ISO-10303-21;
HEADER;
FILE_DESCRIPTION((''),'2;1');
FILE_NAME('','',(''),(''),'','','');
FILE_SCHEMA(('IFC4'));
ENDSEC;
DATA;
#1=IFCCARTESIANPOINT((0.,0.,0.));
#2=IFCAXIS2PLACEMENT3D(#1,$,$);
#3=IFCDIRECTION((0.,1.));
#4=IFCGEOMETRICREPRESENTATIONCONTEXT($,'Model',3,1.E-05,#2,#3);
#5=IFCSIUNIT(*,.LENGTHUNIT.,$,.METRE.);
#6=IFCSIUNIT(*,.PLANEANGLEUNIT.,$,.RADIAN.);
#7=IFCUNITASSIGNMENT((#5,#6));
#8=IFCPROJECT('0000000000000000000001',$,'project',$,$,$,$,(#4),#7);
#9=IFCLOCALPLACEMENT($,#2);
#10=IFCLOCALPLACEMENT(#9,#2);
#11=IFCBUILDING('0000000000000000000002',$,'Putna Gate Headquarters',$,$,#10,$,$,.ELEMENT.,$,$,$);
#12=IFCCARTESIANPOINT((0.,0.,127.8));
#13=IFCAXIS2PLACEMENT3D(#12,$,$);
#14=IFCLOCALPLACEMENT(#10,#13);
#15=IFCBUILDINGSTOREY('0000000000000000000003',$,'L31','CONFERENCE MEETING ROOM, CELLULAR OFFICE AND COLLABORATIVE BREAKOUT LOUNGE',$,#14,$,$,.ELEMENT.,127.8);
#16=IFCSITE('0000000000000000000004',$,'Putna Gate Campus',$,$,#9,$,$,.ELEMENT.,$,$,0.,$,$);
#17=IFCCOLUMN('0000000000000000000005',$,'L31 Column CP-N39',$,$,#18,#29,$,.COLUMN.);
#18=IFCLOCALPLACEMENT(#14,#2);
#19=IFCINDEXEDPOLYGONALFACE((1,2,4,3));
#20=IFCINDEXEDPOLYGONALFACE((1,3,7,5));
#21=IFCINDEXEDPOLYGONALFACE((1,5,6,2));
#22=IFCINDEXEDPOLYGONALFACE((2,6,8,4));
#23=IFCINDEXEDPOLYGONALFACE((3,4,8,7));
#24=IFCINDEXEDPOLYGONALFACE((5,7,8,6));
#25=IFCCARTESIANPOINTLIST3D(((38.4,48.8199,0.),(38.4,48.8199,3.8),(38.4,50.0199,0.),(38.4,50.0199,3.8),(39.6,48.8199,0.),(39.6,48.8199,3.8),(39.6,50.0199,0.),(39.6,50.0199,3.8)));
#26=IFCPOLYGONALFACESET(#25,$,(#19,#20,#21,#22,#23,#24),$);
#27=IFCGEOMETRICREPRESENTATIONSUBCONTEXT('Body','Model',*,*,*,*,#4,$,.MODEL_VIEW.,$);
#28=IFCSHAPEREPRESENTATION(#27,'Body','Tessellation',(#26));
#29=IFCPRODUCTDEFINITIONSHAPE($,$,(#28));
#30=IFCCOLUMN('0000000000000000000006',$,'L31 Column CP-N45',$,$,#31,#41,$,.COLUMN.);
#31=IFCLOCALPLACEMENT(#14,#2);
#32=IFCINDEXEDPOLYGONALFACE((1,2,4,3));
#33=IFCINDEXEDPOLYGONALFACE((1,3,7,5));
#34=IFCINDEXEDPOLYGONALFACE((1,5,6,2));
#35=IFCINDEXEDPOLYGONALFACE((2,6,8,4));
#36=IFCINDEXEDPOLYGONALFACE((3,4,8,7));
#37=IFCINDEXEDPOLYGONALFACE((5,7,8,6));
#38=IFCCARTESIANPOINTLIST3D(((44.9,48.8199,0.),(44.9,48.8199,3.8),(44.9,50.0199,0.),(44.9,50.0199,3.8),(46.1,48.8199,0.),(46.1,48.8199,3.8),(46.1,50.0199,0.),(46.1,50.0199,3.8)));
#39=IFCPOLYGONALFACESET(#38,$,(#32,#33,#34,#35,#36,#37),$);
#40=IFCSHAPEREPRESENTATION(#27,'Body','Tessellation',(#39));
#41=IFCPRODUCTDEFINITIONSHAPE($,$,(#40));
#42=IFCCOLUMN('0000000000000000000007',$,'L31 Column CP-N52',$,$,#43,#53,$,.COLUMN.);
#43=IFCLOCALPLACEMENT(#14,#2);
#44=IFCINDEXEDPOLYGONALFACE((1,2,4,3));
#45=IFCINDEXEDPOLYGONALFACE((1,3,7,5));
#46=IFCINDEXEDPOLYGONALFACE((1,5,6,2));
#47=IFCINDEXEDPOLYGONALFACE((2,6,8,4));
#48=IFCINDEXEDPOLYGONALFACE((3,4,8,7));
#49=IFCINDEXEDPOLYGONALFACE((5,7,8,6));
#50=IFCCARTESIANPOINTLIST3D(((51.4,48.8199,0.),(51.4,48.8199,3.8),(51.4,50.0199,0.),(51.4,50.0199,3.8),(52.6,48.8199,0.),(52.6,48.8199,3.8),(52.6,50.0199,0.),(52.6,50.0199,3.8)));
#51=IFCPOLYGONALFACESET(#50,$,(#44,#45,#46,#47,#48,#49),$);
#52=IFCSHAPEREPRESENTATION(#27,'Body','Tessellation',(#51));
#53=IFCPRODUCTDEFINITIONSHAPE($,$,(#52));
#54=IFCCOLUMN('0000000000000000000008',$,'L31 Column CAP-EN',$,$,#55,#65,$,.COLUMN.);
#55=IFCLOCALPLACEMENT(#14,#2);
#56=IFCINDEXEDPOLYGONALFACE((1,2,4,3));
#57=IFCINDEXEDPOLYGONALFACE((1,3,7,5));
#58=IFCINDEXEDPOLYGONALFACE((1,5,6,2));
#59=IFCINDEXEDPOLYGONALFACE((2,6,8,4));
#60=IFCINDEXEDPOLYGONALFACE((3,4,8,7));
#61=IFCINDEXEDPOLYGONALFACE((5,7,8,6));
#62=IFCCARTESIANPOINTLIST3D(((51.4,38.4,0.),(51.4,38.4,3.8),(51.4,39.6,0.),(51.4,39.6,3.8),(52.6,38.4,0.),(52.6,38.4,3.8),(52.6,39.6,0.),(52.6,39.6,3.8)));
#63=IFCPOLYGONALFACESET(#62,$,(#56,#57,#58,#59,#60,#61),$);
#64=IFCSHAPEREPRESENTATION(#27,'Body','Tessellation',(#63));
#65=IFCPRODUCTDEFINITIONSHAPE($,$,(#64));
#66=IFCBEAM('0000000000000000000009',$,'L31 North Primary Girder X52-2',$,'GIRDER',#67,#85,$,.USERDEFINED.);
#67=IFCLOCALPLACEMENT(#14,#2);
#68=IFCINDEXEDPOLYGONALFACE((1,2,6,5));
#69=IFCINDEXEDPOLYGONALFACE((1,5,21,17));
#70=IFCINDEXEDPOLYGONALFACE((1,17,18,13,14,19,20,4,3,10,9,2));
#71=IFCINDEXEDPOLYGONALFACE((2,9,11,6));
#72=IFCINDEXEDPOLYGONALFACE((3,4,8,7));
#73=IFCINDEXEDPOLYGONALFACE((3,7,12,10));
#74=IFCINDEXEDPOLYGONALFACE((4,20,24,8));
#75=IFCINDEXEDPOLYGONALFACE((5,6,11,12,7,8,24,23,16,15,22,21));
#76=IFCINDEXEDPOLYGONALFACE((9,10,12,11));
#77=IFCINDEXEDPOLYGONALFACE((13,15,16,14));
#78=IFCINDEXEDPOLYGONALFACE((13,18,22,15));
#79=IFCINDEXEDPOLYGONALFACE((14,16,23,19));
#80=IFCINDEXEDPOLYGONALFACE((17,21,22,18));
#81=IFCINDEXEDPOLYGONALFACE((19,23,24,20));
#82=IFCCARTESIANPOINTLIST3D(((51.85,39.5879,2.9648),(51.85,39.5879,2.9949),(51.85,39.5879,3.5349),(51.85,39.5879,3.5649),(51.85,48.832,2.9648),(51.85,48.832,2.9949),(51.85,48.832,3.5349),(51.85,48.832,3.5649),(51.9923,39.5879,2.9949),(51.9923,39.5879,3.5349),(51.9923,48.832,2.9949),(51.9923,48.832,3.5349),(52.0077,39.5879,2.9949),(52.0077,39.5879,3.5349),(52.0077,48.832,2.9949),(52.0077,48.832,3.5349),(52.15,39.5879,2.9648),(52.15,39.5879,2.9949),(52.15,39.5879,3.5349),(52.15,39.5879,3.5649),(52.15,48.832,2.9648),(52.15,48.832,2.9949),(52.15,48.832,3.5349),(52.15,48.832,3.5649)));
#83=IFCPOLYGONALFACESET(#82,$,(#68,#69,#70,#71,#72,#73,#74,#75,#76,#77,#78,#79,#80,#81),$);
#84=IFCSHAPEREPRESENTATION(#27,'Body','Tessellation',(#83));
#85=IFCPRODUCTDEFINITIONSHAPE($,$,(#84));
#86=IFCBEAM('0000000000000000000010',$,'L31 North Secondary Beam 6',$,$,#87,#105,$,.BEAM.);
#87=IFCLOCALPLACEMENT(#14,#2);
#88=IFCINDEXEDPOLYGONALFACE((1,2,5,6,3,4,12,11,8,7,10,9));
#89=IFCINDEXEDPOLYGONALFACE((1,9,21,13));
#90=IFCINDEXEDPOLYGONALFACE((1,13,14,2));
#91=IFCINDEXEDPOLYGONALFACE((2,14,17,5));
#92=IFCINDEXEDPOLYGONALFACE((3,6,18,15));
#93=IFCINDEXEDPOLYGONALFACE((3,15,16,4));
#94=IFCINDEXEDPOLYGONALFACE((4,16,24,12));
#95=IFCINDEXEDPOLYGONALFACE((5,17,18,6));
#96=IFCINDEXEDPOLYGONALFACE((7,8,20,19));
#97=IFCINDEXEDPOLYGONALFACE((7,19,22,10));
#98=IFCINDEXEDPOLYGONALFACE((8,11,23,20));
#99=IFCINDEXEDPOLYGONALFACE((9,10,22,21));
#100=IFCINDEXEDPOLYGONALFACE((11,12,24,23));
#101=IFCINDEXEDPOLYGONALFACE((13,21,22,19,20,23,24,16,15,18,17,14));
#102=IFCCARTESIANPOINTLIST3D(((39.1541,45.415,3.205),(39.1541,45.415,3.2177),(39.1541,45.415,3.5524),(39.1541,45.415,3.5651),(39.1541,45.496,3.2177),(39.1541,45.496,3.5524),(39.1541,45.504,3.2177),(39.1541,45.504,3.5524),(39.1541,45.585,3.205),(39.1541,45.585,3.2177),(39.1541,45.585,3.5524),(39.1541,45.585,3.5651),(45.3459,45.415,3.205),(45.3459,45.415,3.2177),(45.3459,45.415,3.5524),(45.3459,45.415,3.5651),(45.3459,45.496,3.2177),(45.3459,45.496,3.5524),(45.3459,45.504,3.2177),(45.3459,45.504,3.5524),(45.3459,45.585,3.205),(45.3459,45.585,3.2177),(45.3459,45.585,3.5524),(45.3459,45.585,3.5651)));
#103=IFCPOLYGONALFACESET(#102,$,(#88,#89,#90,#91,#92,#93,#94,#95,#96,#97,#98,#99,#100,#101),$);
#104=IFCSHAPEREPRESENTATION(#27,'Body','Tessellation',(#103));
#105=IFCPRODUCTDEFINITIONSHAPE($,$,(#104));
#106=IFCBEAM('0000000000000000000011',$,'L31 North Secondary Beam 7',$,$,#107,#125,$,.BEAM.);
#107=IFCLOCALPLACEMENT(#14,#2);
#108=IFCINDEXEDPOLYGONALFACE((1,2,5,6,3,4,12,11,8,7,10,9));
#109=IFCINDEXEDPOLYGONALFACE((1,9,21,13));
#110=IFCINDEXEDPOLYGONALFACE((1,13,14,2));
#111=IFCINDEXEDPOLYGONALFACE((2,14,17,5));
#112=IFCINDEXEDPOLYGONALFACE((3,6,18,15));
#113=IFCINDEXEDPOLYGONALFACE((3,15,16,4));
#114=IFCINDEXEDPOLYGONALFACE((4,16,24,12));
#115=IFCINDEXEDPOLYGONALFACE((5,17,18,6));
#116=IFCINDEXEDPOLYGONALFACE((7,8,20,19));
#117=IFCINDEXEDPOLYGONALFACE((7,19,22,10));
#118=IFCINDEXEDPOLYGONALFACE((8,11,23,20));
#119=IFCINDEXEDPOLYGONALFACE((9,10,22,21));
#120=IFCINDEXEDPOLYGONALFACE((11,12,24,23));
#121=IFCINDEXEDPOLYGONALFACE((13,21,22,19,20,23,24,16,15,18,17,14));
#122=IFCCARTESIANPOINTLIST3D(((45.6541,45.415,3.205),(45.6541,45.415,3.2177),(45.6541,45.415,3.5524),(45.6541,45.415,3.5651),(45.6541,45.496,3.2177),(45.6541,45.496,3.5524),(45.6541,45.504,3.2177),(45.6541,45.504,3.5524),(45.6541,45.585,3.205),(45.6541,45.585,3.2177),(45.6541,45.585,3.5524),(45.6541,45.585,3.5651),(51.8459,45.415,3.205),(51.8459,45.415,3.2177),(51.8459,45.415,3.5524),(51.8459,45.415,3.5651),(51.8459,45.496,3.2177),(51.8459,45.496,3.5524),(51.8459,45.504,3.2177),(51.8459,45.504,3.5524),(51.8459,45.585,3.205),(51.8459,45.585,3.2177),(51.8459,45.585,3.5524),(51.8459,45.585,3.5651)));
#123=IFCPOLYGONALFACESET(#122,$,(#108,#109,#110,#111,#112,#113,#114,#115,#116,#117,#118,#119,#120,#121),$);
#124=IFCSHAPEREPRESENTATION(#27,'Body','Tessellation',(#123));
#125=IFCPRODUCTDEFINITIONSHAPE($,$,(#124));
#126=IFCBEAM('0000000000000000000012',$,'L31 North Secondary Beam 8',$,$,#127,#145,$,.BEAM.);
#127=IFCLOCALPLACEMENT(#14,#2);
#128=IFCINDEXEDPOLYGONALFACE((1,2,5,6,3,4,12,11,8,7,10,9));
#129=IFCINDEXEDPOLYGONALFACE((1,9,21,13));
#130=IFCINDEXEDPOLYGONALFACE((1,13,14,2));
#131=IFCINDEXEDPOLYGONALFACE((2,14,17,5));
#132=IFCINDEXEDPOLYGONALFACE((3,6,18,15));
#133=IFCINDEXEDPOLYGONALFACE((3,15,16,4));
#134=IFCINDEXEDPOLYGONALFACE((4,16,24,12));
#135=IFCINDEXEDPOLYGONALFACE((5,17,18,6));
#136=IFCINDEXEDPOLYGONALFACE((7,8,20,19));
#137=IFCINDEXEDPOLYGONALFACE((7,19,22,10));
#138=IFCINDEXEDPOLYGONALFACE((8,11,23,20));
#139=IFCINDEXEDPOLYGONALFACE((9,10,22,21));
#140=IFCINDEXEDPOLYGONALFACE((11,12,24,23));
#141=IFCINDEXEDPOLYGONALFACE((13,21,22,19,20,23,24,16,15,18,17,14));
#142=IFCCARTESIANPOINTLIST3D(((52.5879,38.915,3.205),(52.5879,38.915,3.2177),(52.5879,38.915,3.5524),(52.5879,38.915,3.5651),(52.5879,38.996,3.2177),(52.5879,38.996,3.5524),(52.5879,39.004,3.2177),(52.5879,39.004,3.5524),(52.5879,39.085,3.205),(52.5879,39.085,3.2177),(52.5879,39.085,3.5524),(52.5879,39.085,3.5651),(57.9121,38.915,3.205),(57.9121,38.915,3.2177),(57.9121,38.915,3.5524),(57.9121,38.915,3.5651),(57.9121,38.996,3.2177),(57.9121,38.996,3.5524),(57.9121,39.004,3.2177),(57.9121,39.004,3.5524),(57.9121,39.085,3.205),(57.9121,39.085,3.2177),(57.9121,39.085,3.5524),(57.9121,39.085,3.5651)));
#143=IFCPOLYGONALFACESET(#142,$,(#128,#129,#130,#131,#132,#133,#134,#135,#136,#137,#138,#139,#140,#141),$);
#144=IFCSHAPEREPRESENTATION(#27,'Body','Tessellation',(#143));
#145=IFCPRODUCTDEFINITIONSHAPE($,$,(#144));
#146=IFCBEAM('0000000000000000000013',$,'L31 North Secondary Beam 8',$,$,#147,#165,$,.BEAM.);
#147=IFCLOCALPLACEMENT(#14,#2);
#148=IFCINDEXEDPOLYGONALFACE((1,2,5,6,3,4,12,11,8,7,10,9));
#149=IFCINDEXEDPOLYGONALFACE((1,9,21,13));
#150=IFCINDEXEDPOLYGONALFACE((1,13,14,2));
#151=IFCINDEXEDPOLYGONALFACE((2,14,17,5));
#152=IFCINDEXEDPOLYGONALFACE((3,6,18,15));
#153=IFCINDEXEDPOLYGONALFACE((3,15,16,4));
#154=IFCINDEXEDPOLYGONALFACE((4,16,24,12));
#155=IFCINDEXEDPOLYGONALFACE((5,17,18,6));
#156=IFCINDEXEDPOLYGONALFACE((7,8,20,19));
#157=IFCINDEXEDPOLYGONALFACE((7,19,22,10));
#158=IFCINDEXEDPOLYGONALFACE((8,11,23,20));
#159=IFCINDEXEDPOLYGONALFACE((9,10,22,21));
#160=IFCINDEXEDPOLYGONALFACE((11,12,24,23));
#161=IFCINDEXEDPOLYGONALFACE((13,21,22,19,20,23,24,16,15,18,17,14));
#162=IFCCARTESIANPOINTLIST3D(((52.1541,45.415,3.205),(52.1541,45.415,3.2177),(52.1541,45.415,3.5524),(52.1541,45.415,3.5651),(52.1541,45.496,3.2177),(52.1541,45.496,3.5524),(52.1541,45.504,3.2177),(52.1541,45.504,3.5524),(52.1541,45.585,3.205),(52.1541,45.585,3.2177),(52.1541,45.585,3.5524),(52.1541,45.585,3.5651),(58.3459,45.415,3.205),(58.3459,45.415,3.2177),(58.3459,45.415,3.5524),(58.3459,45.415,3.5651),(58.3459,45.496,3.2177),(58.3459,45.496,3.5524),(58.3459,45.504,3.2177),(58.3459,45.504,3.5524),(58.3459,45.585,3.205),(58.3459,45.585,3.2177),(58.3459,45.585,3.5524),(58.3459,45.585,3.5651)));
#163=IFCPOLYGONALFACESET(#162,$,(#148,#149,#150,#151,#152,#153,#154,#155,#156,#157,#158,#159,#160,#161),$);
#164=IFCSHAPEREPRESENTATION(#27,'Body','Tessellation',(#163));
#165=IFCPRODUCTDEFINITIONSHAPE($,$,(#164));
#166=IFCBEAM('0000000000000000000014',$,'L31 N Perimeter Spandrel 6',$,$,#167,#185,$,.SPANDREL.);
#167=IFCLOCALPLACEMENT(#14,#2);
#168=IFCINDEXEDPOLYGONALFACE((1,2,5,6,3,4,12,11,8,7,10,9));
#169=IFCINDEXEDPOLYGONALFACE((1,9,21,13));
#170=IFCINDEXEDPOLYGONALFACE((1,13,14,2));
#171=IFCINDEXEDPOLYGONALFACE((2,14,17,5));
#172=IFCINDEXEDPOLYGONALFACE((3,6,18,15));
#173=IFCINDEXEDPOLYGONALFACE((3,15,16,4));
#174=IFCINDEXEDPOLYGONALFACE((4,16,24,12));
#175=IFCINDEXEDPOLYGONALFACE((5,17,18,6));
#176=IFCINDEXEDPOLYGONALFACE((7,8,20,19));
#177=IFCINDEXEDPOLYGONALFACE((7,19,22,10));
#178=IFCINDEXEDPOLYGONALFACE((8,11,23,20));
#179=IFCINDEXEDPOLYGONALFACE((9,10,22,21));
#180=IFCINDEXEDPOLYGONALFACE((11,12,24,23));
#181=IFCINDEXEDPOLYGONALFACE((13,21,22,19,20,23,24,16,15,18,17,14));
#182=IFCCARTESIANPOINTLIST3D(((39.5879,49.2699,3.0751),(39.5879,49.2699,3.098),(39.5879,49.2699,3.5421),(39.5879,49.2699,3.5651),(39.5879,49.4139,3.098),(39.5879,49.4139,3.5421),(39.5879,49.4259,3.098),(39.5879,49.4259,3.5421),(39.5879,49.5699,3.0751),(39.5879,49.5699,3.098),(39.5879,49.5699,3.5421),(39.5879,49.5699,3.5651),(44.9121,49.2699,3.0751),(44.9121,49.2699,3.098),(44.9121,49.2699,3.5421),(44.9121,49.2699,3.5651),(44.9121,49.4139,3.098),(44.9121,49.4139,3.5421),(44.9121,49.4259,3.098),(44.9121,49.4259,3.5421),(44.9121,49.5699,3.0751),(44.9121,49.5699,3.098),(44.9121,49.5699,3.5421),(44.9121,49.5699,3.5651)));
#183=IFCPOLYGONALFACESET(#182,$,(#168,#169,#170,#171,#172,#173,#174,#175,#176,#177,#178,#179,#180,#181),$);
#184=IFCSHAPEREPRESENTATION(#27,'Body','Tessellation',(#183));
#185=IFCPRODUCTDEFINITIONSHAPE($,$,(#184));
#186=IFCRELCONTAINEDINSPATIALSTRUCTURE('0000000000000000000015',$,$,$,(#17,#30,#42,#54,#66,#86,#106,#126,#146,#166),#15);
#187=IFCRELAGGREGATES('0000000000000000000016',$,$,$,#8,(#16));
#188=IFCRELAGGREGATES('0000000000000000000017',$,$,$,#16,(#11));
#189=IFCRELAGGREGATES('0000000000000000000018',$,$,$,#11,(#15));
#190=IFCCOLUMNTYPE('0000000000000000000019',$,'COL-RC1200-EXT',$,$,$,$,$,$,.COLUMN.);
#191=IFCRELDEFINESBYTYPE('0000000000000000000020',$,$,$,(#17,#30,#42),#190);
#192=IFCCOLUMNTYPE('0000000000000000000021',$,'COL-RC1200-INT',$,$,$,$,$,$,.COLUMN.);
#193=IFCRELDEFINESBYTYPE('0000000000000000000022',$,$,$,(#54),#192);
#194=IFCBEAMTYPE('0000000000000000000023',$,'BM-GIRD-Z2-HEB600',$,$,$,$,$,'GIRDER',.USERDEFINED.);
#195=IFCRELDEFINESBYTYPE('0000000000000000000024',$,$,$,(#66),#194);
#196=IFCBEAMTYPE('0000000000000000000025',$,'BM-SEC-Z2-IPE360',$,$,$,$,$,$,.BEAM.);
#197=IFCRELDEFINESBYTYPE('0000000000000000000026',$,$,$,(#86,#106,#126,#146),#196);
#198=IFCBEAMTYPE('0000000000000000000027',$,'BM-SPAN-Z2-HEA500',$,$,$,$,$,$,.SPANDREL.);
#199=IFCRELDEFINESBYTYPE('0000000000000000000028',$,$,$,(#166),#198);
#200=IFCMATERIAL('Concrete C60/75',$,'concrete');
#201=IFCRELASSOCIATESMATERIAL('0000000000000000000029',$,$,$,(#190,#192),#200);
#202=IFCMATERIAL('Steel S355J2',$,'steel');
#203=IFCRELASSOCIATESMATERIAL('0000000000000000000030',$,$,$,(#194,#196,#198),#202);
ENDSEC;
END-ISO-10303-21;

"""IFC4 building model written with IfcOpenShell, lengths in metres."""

from ifc_helpers import new_model, si_unit, direction, frame, origin, origin_2d, place, context, subcontext, project, spatial, rectangle, i_section, extrude, material, material_profile, profile_set, type_object, element, save


model = new_model("IFC4")

# Units and contexts
model_context = context("Model", 3, precision=1e-05, world=origin(), true_north=direction((0.0, 1.0)))
body_context = subcontext(model_context, "Body", "Model", "MODEL_VIEW")
ifc_project = project(units=[si_unit("LENGTHUNIT", "METRE"), si_unit("PLANEANGLEUNIT", "RADIAN")], contexts=[model_context])

# Site, building, storey
site_placement = place(None, origin())
site = spatial("IfcSite", under=ifc_project, at=site_placement, Name="Putna Gate Campus", CompositionType="ELEMENT", RefElevation=0.0)
building_placement = place(site_placement, origin())
building = spatial("IfcBuilding", under=site, at=building_placement, Name="Putna Gate Headquarters", CompositionType="ELEMENT")
storey_placement = place(building_placement, frame((0.0, 0.0, 127.8)))
storey = spatial("IfcBuildingStorey", under=building, at=storey_placement, Name="L31", Description="CONFERENCE MEETING ROOM, CELLULAR OFFICE AND COLLABORATIVE BREAKOUT LOUNGE", CompositionType="ELEMENT", Elevation=127.8)

# Columns
ifc_material_1 = material(Name="Concrete C60/75", Category="concrete")
ifc_material_profile_1 = material_profile(ifc_material_1, rectangle(XDim=1.2, YDim=1.2, at=origin_2d()), Name="Concrete C60/75")
ifc_profile_set_1 = profile_set([ifc_material_profile_1], Name="Concrete C60/75")
column_type_1 = type_object("IfcColumnType", Name="COL-RC1200-EXT", PredefinedType="COLUMN", material=ifc_profile_set_1)
for number, where, z_axis, x_axis, name in (
    (1, (39.0, 49.4199, 0.0), (0.0, 0.0, 1.0), (1.0, 0.0, 0.0), "L31 Column CP-N39"),
    (2, (45.5, 49.4199, 0.0), (0.0, 0.0, 1.0), (1.0, 0.0, 0.0), "L31 Column CP-N45"),
    (3, (52.0, 49.4199, 0.0), (0.0, 0.0, 1.0), (1.0, 0.0, 0.0), "L31 Column CP-N52"),
):
    element("IfcColumn", number, at=place(storey_placement, frame(where, z_axis=z_axis, x_axis=x_axis)), inside=storey, type_object=column_type_1, Name=name, PredefinedType="COLUMN", context=body_context, shape_type="SweptSolid", body=[
        extrude(rectangle(XDim=1.2, YDim=1.2, at=origin_2d()), origin(), (0.0, 0.0, 1.0), 3.8),
    ])
ifc_material_profile_2 = material_profile(ifc_material_1, rectangle(XDim=1.2, YDim=1.2, at=origin_2d()), Name="Concrete C60/75")
ifc_profile_set_2 = profile_set([ifc_material_profile_2], Name="Concrete C60/75")
column_type_2 = type_object("IfcColumnType", Name="COL-RC1200-INT", PredefinedType="COLUMN", material=ifc_profile_set_2)
column_placement = place(storey_placement, frame((52.0, 39.0, 0.0), z_axis=(0.0, 0.0, 1.0), x_axis=(1.0, 0.0, 0.0)))
element("IfcColumn", 4, at=column_placement, inside=storey, type_object=column_type_2, Name="L31 Column CAP-EN", PredefinedType="COLUMN", context=body_context, shape_type="SweptSolid", body=[
    extrude(rectangle(XDim=1.2, YDim=1.2, at=origin_2d()), origin(), (0.0, 0.0, 1.0), 3.8),
])

# Beams
ifc_material_2 = material(Name="Steel S355J2", Category="steel")
ifc_material_profile_3 = material_profile(ifc_material_2, i_section(OverallWidth=0.3, OverallDepth=0.6001, WebThickness=0.0154, FlangeThickness=0.03, at=origin_2d()), Name="Steel S355J2")
ifc_profile_set_3 = profile_set([ifc_material_profile_3], Name="Steel S355J2")
beam_type_1 = type_object("IfcBeamType", Name="BM-GIRD-Z2-HEB600", ElementType="GIRDER", PredefinedType="USERDEFINED", material=ifc_profile_set_3)
beam_1_placement = place(storey_placement, frame((52.0, 39.5879, 3.2649), z_axis=(0.0, 1.0, 0.0), x_axis=(-1.0, 0.0, 0.0)))
element("IfcBeam", 5, at=beam_1_placement, inside=storey, type_object=beam_type_1, Name="L31 North Primary Girder X52-2", ObjectType="GIRDER", PredefinedType="USERDEFINED", context=body_context, shape_type="SweptSolid", body=[
    extrude(i_section(OverallWidth=0.3, OverallDepth=0.6001, WebThickness=0.0154, FlangeThickness=0.03, at=origin_2d()), origin(), (0.0, 0.0, 1.0), 9.2441),
])
ifc_material_profile_4 = material_profile(ifc_material_2, i_section(OverallWidth=0.1699, OverallDepth=0.3601, WebThickness=0.0081, FlangeThickness=0.0127, at=origin_2d()), Name="Steel S355J2")
ifc_profile_set_4 = profile_set([ifc_material_profile_4], Name="Steel S355J2")
beam_type_2 = type_object("IfcBeamType", Name="BM-SEC-Z2-IPE360", PredefinedType="BEAM", material=ifc_profile_set_4)
for number, where, z_axis, x_axis, name in (
    (6, (39.1541, 45.5, 3.385), (1.0, 0.0, 0.0), (0.0, 1.0, 0.0), "L31 North Secondary Beam 6"),
    (7, (45.6541, 45.5, 3.385), (1.0, 0.0, 0.0), (0.0, 1.0, 0.0), "L31 North Secondary Beam 7"),
):
    element("IfcBeam", number, at=place(storey_placement, frame(where, z_axis=z_axis, x_axis=x_axis)), inside=storey, type_object=beam_type_2, Name=name, PredefinedType="BEAM", context=body_context, shape_type="SweptSolid", body=[
        extrude(i_section(OverallWidth=0.1699, OverallDepth=0.3601, WebThickness=0.0081, FlangeThickness=0.0127, at=origin_2d()), origin(), (0.0, 0.0, 1.0), 6.1919),
    ])
beam_2_placement = place(storey_placement, frame((52.5879, 39.0, 3.385), z_axis=(1.0, 0.0, 0.0), x_axis=(0.0, 1.0, 0.0)))
element("IfcBeam", 8, at=beam_2_placement, inside=storey, type_object=beam_type_2, Name="L31 North Secondary Beam 8", PredefinedType="BEAM", context=body_context, shape_type="SweptSolid", body=[
    extrude(i_section(OverallWidth=0.1699, OverallDepth=0.3601, WebThickness=0.0081, FlangeThickness=0.0127, at=origin_2d()), origin(), (0.0, 0.0, 1.0), 5.3242),
])
beam_3_placement = place(storey_placement, frame((52.1541, 45.5, 3.385), z_axis=(1.0, 0.0, 0.0), x_axis=(0.0, 1.0, 0.0)))
element("IfcBeam", 9, at=beam_3_placement, inside=storey, type_object=beam_type_2, Name="L31 North Secondary Beam 8", PredefinedType="BEAM", context=body_context, shape_type="SweptSolid", body=[
    extrude(i_section(OverallWidth=0.1699, OverallDepth=0.3601, WebThickness=0.0081, FlangeThickness=0.0127, at=origin_2d()), origin(), (0.0, 0.0, 1.0), 6.1919),
])
ifc_material_profile_5 = material_profile(ifc_material_2, i_section(OverallWidth=0.3, OverallDepth=0.49, WebThickness=0.012, FlangeThickness=0.0229, at=origin_2d()), Name="Steel S355J2")
ifc_profile_set_5 = profile_set([ifc_material_profile_5], Name="Steel S355J2")
beam_type_3 = type_object("IfcBeamType", Name="BM-SPAN-Z2-HEA500", PredefinedType="SPANDREL", material=ifc_profile_set_5)
for number, where, z_axis, x_axis, name in (
    (10, (39.5879, 49.4199, 3.3201), (1.0, 0.0, 0.0), (0.0, 1.0, 0.0), "L31 N Perimeter Spandrel 6"),
):
    element("IfcBeam", number, at=place(storey_placement, frame(where, z_axis=z_axis, x_axis=x_axis)), inside=storey, type_object=beam_type_3, Name=name, PredefinedType="SPANDREL", context=body_context, shape_type="SweptSolid", body=[
        extrude(i_section(OverallWidth=0.3, OverallDepth=0.49, WebThickness=0.012, FlangeThickness=0.0229, at=origin_2d()), origin(), (0.0, 0.0, 1.0), 5.3242),
    ])

save(model, "model.ifc")
